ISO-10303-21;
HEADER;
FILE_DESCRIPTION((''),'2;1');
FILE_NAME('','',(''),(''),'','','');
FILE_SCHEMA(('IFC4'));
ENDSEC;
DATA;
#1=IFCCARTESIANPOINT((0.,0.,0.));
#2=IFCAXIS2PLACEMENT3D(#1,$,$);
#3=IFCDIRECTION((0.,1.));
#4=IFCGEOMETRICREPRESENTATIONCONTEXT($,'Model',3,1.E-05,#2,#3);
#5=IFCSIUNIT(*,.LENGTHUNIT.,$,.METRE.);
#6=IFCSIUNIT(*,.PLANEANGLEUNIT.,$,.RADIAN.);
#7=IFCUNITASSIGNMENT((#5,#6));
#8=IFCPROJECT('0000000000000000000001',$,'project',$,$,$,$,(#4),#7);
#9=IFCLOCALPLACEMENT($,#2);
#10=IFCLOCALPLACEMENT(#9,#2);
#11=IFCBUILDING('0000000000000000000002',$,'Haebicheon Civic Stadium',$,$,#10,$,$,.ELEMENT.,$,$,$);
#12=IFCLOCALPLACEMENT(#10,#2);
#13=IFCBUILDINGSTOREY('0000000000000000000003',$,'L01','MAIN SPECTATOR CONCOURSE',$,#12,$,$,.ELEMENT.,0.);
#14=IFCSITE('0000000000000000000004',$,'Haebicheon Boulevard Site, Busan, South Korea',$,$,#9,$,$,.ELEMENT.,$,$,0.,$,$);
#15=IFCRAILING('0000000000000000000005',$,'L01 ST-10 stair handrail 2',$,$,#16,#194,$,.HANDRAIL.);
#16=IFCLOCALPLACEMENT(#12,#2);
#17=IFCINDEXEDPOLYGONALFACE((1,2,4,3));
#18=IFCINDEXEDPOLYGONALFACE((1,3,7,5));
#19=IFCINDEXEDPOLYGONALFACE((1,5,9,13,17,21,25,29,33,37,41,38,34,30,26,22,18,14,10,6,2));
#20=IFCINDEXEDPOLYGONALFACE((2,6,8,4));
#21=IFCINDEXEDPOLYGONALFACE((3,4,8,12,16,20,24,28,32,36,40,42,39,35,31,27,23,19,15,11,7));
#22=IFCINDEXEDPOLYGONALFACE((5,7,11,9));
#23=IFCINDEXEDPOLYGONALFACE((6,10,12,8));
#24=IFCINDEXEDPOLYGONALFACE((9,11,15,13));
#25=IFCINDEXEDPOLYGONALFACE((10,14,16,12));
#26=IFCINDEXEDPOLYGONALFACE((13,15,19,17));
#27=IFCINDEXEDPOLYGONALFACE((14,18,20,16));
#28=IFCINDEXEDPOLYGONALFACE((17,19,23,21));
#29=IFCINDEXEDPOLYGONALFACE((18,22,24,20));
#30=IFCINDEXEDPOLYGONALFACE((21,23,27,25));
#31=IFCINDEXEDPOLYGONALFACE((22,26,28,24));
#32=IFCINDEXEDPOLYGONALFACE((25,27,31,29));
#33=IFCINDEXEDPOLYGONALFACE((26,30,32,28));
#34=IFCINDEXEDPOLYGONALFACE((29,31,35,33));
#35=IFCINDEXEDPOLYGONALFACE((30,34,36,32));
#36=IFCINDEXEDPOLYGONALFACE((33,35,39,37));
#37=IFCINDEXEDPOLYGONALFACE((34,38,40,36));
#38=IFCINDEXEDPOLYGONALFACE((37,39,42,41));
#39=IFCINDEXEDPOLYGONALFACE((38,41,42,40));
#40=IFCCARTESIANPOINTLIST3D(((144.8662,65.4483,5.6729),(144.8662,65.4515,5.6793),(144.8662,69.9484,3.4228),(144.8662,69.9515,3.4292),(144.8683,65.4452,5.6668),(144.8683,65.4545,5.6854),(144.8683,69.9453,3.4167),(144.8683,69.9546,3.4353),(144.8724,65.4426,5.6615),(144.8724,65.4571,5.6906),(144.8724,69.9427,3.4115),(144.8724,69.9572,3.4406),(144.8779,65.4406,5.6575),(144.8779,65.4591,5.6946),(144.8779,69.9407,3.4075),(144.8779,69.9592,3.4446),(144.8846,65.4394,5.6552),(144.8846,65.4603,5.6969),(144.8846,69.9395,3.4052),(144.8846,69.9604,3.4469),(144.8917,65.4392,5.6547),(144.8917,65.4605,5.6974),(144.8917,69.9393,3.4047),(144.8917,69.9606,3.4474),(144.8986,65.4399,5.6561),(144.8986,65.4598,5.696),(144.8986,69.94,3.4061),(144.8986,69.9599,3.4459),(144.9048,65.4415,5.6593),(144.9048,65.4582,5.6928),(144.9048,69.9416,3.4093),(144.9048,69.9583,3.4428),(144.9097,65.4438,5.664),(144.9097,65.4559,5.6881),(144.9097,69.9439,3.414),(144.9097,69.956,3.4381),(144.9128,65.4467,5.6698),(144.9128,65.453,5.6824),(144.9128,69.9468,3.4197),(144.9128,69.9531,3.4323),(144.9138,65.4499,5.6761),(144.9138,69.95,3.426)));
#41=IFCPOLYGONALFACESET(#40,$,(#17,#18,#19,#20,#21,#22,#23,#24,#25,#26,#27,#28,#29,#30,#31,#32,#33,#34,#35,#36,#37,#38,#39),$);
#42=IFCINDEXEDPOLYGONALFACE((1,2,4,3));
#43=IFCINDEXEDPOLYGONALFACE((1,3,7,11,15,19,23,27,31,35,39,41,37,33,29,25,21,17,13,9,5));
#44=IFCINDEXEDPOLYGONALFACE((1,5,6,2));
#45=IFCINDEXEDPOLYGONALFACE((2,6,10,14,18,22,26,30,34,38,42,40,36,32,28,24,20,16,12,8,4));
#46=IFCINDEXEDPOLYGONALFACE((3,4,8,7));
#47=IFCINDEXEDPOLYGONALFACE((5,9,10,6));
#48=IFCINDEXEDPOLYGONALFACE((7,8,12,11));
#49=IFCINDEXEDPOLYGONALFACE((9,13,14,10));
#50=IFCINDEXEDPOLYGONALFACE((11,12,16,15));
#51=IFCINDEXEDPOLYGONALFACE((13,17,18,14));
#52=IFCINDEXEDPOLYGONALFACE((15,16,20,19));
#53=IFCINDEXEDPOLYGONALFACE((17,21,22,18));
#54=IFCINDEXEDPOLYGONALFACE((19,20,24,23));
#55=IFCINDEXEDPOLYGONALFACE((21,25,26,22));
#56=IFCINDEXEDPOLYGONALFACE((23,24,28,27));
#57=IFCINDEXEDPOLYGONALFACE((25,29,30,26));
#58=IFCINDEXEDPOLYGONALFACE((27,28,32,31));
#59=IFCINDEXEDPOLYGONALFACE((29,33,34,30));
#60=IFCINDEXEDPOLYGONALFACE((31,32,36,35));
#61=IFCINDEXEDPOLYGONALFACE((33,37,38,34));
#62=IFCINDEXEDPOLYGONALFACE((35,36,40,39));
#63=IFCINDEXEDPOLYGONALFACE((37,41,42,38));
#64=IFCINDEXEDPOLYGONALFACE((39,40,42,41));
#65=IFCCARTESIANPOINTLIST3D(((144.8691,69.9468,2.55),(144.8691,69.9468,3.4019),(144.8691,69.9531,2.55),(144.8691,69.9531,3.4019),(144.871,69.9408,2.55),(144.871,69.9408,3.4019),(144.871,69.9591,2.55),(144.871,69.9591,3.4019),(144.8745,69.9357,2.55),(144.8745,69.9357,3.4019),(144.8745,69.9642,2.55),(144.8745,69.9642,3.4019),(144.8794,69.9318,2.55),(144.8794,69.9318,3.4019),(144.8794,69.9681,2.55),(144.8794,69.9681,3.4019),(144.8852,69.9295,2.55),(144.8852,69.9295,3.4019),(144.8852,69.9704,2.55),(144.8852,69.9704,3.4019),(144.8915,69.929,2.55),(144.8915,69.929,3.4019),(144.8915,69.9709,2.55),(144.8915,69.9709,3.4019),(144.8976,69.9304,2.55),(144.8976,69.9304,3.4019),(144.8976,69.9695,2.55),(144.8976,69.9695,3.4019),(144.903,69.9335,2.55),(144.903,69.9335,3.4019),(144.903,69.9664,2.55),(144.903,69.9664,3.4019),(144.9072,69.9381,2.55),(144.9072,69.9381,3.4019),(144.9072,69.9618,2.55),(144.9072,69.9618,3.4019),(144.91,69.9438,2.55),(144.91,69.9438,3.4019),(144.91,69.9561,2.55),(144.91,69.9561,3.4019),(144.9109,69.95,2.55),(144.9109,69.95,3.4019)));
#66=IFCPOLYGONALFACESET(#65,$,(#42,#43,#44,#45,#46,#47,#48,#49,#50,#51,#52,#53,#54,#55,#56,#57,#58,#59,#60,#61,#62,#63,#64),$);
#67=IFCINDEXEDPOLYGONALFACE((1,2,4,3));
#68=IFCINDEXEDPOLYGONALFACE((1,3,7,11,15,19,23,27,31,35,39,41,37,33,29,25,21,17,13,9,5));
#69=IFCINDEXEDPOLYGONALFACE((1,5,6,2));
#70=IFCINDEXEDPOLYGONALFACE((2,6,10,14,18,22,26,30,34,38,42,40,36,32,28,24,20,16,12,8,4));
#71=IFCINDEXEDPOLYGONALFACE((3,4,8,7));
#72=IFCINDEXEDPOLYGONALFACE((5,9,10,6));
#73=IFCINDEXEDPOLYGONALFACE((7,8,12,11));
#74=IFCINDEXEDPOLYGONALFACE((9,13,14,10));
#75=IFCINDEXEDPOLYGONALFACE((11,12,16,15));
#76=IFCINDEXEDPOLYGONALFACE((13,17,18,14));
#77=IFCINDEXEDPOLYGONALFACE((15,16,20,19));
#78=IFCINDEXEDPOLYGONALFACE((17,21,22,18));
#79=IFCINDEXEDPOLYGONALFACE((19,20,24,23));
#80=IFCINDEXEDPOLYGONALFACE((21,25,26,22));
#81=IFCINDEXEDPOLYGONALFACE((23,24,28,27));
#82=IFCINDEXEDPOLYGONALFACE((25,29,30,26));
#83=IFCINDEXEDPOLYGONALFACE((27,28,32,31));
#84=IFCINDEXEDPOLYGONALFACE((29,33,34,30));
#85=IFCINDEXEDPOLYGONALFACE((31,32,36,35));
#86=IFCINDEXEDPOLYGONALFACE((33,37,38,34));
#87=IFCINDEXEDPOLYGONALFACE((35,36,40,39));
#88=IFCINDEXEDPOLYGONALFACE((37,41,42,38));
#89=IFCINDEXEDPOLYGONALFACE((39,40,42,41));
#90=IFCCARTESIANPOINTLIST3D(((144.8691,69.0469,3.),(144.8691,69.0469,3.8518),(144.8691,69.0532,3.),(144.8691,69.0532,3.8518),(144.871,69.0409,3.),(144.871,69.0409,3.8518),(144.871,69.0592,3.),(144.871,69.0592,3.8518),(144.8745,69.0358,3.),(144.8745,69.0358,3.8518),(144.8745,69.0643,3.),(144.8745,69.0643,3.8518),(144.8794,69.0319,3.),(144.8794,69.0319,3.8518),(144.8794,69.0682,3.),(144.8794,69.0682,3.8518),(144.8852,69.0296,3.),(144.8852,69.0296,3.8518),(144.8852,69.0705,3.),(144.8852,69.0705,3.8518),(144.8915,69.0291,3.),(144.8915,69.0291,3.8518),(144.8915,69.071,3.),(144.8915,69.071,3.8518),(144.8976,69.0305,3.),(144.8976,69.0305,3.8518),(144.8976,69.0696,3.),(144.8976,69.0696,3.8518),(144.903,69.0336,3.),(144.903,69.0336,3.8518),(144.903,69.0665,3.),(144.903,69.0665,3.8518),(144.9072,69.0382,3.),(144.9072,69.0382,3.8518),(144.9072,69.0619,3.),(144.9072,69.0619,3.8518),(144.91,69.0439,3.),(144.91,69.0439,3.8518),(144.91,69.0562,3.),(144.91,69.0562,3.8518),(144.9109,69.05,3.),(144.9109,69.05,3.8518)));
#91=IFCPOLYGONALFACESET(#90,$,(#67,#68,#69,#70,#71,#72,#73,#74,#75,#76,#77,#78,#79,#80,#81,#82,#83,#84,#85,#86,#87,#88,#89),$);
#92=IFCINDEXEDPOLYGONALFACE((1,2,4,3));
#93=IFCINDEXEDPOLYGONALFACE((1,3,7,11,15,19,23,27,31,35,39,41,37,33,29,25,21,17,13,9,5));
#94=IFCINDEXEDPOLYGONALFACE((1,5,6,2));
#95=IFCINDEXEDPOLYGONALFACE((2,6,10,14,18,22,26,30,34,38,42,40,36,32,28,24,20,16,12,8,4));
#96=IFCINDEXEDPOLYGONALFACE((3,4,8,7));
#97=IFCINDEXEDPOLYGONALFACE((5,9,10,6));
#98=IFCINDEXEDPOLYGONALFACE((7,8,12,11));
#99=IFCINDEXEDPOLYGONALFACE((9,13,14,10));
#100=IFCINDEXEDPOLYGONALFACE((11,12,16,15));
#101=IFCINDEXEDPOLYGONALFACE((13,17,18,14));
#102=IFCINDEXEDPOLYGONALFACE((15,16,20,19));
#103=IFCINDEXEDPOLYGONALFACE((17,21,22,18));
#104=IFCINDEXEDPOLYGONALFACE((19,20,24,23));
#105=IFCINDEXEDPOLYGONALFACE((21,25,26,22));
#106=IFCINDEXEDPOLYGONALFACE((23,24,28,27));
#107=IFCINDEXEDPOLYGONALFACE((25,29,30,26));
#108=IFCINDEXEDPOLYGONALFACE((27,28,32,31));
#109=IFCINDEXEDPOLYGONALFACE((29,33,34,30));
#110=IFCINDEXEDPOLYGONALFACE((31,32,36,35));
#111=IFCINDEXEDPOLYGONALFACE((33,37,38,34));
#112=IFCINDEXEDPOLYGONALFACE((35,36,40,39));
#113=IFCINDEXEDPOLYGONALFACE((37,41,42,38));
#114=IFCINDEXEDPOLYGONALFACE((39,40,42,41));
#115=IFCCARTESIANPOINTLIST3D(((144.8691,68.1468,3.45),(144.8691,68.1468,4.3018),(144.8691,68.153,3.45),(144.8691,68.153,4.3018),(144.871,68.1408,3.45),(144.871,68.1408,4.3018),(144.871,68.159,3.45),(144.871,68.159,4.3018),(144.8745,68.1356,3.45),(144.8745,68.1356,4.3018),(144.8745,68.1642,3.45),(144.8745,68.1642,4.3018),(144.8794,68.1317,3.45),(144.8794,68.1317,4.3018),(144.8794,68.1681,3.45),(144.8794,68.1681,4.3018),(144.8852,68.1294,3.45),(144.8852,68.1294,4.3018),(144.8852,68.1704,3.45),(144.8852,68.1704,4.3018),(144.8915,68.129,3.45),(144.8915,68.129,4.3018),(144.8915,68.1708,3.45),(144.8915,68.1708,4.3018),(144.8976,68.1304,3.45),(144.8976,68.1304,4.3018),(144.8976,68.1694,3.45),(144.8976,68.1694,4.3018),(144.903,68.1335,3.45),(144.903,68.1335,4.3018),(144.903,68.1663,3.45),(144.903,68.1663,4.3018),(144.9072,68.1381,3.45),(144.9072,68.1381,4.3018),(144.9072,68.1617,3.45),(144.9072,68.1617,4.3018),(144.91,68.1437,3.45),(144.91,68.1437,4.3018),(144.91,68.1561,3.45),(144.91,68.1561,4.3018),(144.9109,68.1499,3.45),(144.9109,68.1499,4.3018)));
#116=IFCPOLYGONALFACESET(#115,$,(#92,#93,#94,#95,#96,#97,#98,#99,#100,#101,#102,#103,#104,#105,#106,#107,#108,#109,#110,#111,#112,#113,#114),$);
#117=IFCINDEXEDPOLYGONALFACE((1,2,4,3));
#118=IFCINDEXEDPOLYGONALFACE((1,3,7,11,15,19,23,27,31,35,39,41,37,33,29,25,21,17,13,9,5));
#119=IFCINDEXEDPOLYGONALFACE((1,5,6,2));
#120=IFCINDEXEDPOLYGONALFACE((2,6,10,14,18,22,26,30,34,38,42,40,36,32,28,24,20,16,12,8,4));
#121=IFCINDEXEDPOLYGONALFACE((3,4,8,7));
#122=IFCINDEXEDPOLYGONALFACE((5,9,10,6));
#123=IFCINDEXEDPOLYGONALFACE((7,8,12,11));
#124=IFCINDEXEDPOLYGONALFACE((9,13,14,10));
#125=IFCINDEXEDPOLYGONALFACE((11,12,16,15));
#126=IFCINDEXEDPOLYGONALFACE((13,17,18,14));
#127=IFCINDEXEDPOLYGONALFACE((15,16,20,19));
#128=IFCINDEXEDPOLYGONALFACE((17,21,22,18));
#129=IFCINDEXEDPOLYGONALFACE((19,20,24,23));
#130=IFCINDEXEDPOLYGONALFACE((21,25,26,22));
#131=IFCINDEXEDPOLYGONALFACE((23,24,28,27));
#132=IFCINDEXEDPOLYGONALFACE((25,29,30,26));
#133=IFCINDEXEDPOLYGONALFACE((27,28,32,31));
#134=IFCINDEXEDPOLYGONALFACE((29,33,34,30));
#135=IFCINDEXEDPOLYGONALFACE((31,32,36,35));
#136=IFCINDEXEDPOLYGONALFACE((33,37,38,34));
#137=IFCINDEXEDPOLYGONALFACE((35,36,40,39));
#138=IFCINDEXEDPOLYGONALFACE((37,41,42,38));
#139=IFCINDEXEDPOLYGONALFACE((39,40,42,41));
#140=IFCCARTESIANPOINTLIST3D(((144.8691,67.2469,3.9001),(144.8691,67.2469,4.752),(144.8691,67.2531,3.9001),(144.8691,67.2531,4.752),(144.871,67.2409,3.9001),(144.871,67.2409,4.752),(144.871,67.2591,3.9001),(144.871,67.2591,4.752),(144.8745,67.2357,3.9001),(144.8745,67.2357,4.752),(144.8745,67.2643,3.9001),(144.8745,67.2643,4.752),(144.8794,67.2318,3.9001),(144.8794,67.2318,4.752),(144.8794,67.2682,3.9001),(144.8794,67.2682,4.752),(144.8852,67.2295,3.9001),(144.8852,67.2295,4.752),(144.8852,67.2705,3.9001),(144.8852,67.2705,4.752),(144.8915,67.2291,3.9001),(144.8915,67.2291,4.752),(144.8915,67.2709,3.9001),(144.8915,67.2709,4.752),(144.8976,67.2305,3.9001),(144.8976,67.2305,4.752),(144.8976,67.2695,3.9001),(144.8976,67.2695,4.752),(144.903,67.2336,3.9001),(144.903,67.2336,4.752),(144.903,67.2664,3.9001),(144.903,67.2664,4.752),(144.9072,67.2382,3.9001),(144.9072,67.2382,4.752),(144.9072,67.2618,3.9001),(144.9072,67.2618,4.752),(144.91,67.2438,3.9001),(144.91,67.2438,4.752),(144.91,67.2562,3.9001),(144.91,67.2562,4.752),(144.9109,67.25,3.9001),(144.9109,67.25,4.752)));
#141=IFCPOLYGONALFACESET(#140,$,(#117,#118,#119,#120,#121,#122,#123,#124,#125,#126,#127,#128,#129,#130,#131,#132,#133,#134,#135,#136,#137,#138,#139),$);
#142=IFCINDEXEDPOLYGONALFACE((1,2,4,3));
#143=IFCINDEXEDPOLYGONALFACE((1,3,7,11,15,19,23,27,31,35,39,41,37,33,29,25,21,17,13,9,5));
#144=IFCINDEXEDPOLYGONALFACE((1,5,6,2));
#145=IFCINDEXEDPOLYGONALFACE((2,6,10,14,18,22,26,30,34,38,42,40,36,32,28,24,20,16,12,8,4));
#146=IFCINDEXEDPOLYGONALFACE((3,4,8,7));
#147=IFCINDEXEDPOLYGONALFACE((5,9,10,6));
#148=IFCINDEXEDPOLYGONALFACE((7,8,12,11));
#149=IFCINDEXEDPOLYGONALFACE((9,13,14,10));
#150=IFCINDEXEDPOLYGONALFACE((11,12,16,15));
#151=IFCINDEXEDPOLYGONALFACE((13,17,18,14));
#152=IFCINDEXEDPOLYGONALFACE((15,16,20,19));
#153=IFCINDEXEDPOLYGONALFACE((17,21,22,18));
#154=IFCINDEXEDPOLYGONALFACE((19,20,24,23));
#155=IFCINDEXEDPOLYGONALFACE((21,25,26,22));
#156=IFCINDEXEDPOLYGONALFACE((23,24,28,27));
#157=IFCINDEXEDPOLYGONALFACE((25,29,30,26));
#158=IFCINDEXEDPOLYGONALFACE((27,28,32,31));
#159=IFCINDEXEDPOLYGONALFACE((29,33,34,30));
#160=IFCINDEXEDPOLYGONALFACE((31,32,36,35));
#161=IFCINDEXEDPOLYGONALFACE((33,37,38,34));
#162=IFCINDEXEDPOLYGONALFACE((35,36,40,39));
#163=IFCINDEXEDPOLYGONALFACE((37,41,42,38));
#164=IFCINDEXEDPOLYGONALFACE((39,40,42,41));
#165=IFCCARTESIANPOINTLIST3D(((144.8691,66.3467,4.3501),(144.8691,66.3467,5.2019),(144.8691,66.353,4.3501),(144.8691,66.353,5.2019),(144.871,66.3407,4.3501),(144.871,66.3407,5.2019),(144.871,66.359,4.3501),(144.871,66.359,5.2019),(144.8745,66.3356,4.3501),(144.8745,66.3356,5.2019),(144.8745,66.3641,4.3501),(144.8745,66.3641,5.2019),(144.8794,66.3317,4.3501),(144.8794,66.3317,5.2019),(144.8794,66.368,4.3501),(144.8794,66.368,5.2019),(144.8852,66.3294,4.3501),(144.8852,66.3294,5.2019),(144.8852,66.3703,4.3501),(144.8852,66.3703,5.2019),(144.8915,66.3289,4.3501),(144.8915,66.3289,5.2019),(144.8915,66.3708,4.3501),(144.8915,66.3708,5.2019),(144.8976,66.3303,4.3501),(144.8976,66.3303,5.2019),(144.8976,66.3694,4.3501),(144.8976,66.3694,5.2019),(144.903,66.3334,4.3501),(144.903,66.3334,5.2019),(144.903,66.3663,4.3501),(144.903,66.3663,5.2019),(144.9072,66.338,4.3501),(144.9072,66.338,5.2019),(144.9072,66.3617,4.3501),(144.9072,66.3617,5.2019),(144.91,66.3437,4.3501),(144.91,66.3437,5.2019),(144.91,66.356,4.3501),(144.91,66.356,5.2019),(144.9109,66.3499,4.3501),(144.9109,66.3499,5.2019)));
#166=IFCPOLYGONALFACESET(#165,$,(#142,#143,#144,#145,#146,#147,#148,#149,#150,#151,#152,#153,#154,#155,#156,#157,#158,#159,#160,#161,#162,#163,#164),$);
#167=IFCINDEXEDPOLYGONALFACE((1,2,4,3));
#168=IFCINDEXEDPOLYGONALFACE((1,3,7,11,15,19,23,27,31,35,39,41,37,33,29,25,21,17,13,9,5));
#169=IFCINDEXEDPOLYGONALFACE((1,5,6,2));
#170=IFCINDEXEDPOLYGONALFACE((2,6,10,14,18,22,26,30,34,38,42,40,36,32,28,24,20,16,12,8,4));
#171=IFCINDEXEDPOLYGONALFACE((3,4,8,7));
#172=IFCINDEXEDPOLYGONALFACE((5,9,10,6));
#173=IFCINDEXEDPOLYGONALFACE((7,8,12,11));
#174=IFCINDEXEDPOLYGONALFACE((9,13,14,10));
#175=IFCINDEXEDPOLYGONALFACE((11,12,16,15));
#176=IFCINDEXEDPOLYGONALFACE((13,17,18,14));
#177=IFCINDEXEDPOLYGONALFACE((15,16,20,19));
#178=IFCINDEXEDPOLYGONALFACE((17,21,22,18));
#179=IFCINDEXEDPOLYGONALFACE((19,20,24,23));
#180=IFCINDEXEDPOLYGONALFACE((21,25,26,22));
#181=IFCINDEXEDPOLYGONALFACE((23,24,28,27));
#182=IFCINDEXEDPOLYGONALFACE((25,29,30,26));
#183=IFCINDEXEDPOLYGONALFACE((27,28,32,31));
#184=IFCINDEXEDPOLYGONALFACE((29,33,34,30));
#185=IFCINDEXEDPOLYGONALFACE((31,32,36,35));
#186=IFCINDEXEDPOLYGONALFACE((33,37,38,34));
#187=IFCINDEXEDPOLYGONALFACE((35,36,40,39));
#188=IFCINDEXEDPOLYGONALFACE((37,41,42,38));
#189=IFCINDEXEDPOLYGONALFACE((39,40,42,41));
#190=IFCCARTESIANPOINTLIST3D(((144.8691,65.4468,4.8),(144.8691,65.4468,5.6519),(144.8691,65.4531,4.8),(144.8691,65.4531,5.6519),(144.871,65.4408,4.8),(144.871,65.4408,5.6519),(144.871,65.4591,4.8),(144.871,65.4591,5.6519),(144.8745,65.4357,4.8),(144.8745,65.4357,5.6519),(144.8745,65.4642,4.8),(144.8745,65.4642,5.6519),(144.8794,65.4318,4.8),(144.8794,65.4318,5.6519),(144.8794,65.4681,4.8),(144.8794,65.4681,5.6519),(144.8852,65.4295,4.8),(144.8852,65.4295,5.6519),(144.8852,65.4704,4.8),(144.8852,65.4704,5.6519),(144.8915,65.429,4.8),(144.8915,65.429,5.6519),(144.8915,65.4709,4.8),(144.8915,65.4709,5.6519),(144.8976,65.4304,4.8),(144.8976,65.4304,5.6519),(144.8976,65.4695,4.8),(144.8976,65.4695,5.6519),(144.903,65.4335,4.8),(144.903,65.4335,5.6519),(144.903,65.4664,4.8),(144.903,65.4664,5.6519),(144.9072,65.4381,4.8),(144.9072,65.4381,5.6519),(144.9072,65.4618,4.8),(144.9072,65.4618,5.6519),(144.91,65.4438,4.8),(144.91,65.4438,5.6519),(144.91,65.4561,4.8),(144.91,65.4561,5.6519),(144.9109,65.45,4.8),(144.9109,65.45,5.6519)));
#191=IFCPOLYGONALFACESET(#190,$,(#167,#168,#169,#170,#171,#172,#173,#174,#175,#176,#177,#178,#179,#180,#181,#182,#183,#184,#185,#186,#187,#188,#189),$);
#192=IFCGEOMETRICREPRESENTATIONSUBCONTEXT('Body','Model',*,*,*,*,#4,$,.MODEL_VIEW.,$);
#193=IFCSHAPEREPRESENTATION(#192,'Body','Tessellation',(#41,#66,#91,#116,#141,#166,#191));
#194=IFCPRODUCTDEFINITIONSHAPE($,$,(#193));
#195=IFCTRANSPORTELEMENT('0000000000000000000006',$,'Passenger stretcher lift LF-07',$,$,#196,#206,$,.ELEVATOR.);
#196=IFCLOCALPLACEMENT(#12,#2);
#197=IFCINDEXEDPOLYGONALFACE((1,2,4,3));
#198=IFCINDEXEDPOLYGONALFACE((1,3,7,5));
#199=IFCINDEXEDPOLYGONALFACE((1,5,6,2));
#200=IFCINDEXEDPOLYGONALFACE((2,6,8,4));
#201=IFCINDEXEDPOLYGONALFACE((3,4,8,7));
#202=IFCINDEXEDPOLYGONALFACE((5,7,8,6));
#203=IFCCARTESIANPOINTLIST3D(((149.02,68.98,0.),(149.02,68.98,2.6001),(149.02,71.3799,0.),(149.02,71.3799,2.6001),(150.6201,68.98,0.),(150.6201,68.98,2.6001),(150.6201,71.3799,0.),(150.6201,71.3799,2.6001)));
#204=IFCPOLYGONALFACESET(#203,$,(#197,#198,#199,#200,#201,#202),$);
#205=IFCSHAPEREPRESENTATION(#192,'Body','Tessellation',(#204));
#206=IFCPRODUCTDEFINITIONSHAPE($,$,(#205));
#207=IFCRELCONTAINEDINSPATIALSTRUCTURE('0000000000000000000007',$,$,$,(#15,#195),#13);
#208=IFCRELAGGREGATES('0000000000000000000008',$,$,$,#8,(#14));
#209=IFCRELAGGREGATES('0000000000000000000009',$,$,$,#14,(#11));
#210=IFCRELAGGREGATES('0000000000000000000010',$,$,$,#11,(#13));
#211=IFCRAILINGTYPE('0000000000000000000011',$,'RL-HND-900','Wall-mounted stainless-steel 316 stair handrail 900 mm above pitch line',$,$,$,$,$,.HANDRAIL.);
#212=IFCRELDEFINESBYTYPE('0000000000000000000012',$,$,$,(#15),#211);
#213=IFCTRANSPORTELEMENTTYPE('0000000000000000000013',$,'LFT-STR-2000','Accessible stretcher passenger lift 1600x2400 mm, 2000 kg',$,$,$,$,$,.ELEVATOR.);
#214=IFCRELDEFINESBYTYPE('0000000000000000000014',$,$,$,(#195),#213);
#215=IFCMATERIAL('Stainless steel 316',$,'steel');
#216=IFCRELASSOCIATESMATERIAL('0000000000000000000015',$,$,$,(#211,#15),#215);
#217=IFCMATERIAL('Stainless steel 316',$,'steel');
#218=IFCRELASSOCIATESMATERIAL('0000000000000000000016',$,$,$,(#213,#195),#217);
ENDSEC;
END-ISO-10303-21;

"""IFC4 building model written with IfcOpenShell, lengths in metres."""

from ifc_helpers import new_model, si_unit, direction, frame, origin, origin_2d, place, context, subcontext, project, spatial, rectangle, circle, extrude, material, type_object, element, save


model = new_model("IFC4")

# Units and contexts
model_context = context("Model", 3, precision=1e-05, world=origin(), true_north=direction((0.0, 1.0)))
body_context = subcontext(model_context, "Body", "Model", "MODEL_VIEW")
ifc_project = project(units=[si_unit("LENGTHUNIT", "METRE"), si_unit("PLANEANGLEUNIT", "RADIAN")], contexts=[model_context])

# Site, building, storey
site_placement = place(None, origin())
site = spatial("IfcSite", under=ifc_project, at=site_placement, Name="Haebicheon Boulevard Site, Busan, South Korea", CompositionType="ELEMENT", RefElevation=0.0)
building_placement = place(site_placement, origin())
building = spatial("IfcBuilding", under=site, at=building_placement, Name="Haebicheon Civic Stadium", CompositionType="ELEMENT")
storey_placement = place(building_placement, origin())
storey = spatial("IfcBuildingStorey", under=building, at=storey_placement, Name="L01", Description="MAIN SPECTATOR CONCOURSE", CompositionType="ELEMENT", Elevation=0.0)

# Railing
ifc_material_1 = material(Name="Stainless steel 316", Category="steel")
railing_type_1 = type_object("IfcRailingType", Name="RL-HND-900", Description="Wall-mounted stainless-steel 316 stair handrail 900 mm above pitch line", PredefinedType="HANDRAIL", material=ifc_material_1)
railing_1_placement = place(storey_placement, frame((144.8899, 69.95, 2.55)))
element("IfcRailing", 1, at=railing_1_placement, inside=storey, type_object=railing_type_1, material=ifc_material_1, Name="L01 ST-10 stair handrail 2", PredefinedType="HANDRAIL", context=body_context, shape_type="SweptSolid", body=[
    extrude(circle(Radius=0.0239, at=origin_2d()), frame((0.0, 0.0, 0.876), z_axis=(0.0, -0.894427, 0.447214), x_axis=(1.0, 0.0, 0.0)), (0.0, 0.0, 1.0), 5.0312),
    extrude(circle(Radius=0.021, at=origin_2d()), origin(), (0.0, 0.0, 1.0), 0.8518),
    extrude(circle(Radius=0.021, at=origin_2d()), frame((0.0, -0.8999, 0.45)), (0.0, 0.0, 1.0), 0.8518),
    extrude(circle(Radius=0.021, at=origin_2d()), frame((0.0, -1.8, 0.8999)), (0.0, 0.0, 1.0), 0.8518),
    extrude(circle(Radius=0.021, at=origin_2d()), frame((0.0, -2.7, 1.3501)), (0.0, 0.0, 1.0), 0.8518),
    extrude(circle(Radius=0.021, at=origin_2d()), frame((0.0, -3.6001, 1.8)), (0.0, 0.0, 1.0), 0.8518),
    extrude(circle(Radius=0.021, at=origin_2d()), frame((0.0, -4.5, 2.25)), (0.0, 0.0, 1.0), 0.8518),
])

# Transport element
ifc_material_2 = material(Name="Stainless steel 316", Category="steel")
transport_element_type = type_object("IfcTransportElementType", Name="LFT-STR-2000", Description="Accessible stretcher passenger lift 1600x2400 mm, 2000 kg", PredefinedType="ELEVATOR", material=ifc_material_2)
transport_element_placement = place(storey_placement, frame((149.8201, 70.1799, 0.0), z_axis=(0.0, 0.0, 1.0), x_axis=(1.0, 0.0, 0.0)))
element("IfcTransportElement", 2, at=transport_element_placement, inside=storey, type_object=transport_element_type, material=ifc_material_2, Name="Passenger stretcher lift LF-07", PredefinedType="ELEVATOR", context=body_context, shape_type="SweptSolid", body=[
    extrude(rectangle(XDim=1.6001, YDim=2.3999, at=origin_2d()), origin(), (0.0, 0.0, 1.0), 2.6001),
])

save(model, "model.ifc")
